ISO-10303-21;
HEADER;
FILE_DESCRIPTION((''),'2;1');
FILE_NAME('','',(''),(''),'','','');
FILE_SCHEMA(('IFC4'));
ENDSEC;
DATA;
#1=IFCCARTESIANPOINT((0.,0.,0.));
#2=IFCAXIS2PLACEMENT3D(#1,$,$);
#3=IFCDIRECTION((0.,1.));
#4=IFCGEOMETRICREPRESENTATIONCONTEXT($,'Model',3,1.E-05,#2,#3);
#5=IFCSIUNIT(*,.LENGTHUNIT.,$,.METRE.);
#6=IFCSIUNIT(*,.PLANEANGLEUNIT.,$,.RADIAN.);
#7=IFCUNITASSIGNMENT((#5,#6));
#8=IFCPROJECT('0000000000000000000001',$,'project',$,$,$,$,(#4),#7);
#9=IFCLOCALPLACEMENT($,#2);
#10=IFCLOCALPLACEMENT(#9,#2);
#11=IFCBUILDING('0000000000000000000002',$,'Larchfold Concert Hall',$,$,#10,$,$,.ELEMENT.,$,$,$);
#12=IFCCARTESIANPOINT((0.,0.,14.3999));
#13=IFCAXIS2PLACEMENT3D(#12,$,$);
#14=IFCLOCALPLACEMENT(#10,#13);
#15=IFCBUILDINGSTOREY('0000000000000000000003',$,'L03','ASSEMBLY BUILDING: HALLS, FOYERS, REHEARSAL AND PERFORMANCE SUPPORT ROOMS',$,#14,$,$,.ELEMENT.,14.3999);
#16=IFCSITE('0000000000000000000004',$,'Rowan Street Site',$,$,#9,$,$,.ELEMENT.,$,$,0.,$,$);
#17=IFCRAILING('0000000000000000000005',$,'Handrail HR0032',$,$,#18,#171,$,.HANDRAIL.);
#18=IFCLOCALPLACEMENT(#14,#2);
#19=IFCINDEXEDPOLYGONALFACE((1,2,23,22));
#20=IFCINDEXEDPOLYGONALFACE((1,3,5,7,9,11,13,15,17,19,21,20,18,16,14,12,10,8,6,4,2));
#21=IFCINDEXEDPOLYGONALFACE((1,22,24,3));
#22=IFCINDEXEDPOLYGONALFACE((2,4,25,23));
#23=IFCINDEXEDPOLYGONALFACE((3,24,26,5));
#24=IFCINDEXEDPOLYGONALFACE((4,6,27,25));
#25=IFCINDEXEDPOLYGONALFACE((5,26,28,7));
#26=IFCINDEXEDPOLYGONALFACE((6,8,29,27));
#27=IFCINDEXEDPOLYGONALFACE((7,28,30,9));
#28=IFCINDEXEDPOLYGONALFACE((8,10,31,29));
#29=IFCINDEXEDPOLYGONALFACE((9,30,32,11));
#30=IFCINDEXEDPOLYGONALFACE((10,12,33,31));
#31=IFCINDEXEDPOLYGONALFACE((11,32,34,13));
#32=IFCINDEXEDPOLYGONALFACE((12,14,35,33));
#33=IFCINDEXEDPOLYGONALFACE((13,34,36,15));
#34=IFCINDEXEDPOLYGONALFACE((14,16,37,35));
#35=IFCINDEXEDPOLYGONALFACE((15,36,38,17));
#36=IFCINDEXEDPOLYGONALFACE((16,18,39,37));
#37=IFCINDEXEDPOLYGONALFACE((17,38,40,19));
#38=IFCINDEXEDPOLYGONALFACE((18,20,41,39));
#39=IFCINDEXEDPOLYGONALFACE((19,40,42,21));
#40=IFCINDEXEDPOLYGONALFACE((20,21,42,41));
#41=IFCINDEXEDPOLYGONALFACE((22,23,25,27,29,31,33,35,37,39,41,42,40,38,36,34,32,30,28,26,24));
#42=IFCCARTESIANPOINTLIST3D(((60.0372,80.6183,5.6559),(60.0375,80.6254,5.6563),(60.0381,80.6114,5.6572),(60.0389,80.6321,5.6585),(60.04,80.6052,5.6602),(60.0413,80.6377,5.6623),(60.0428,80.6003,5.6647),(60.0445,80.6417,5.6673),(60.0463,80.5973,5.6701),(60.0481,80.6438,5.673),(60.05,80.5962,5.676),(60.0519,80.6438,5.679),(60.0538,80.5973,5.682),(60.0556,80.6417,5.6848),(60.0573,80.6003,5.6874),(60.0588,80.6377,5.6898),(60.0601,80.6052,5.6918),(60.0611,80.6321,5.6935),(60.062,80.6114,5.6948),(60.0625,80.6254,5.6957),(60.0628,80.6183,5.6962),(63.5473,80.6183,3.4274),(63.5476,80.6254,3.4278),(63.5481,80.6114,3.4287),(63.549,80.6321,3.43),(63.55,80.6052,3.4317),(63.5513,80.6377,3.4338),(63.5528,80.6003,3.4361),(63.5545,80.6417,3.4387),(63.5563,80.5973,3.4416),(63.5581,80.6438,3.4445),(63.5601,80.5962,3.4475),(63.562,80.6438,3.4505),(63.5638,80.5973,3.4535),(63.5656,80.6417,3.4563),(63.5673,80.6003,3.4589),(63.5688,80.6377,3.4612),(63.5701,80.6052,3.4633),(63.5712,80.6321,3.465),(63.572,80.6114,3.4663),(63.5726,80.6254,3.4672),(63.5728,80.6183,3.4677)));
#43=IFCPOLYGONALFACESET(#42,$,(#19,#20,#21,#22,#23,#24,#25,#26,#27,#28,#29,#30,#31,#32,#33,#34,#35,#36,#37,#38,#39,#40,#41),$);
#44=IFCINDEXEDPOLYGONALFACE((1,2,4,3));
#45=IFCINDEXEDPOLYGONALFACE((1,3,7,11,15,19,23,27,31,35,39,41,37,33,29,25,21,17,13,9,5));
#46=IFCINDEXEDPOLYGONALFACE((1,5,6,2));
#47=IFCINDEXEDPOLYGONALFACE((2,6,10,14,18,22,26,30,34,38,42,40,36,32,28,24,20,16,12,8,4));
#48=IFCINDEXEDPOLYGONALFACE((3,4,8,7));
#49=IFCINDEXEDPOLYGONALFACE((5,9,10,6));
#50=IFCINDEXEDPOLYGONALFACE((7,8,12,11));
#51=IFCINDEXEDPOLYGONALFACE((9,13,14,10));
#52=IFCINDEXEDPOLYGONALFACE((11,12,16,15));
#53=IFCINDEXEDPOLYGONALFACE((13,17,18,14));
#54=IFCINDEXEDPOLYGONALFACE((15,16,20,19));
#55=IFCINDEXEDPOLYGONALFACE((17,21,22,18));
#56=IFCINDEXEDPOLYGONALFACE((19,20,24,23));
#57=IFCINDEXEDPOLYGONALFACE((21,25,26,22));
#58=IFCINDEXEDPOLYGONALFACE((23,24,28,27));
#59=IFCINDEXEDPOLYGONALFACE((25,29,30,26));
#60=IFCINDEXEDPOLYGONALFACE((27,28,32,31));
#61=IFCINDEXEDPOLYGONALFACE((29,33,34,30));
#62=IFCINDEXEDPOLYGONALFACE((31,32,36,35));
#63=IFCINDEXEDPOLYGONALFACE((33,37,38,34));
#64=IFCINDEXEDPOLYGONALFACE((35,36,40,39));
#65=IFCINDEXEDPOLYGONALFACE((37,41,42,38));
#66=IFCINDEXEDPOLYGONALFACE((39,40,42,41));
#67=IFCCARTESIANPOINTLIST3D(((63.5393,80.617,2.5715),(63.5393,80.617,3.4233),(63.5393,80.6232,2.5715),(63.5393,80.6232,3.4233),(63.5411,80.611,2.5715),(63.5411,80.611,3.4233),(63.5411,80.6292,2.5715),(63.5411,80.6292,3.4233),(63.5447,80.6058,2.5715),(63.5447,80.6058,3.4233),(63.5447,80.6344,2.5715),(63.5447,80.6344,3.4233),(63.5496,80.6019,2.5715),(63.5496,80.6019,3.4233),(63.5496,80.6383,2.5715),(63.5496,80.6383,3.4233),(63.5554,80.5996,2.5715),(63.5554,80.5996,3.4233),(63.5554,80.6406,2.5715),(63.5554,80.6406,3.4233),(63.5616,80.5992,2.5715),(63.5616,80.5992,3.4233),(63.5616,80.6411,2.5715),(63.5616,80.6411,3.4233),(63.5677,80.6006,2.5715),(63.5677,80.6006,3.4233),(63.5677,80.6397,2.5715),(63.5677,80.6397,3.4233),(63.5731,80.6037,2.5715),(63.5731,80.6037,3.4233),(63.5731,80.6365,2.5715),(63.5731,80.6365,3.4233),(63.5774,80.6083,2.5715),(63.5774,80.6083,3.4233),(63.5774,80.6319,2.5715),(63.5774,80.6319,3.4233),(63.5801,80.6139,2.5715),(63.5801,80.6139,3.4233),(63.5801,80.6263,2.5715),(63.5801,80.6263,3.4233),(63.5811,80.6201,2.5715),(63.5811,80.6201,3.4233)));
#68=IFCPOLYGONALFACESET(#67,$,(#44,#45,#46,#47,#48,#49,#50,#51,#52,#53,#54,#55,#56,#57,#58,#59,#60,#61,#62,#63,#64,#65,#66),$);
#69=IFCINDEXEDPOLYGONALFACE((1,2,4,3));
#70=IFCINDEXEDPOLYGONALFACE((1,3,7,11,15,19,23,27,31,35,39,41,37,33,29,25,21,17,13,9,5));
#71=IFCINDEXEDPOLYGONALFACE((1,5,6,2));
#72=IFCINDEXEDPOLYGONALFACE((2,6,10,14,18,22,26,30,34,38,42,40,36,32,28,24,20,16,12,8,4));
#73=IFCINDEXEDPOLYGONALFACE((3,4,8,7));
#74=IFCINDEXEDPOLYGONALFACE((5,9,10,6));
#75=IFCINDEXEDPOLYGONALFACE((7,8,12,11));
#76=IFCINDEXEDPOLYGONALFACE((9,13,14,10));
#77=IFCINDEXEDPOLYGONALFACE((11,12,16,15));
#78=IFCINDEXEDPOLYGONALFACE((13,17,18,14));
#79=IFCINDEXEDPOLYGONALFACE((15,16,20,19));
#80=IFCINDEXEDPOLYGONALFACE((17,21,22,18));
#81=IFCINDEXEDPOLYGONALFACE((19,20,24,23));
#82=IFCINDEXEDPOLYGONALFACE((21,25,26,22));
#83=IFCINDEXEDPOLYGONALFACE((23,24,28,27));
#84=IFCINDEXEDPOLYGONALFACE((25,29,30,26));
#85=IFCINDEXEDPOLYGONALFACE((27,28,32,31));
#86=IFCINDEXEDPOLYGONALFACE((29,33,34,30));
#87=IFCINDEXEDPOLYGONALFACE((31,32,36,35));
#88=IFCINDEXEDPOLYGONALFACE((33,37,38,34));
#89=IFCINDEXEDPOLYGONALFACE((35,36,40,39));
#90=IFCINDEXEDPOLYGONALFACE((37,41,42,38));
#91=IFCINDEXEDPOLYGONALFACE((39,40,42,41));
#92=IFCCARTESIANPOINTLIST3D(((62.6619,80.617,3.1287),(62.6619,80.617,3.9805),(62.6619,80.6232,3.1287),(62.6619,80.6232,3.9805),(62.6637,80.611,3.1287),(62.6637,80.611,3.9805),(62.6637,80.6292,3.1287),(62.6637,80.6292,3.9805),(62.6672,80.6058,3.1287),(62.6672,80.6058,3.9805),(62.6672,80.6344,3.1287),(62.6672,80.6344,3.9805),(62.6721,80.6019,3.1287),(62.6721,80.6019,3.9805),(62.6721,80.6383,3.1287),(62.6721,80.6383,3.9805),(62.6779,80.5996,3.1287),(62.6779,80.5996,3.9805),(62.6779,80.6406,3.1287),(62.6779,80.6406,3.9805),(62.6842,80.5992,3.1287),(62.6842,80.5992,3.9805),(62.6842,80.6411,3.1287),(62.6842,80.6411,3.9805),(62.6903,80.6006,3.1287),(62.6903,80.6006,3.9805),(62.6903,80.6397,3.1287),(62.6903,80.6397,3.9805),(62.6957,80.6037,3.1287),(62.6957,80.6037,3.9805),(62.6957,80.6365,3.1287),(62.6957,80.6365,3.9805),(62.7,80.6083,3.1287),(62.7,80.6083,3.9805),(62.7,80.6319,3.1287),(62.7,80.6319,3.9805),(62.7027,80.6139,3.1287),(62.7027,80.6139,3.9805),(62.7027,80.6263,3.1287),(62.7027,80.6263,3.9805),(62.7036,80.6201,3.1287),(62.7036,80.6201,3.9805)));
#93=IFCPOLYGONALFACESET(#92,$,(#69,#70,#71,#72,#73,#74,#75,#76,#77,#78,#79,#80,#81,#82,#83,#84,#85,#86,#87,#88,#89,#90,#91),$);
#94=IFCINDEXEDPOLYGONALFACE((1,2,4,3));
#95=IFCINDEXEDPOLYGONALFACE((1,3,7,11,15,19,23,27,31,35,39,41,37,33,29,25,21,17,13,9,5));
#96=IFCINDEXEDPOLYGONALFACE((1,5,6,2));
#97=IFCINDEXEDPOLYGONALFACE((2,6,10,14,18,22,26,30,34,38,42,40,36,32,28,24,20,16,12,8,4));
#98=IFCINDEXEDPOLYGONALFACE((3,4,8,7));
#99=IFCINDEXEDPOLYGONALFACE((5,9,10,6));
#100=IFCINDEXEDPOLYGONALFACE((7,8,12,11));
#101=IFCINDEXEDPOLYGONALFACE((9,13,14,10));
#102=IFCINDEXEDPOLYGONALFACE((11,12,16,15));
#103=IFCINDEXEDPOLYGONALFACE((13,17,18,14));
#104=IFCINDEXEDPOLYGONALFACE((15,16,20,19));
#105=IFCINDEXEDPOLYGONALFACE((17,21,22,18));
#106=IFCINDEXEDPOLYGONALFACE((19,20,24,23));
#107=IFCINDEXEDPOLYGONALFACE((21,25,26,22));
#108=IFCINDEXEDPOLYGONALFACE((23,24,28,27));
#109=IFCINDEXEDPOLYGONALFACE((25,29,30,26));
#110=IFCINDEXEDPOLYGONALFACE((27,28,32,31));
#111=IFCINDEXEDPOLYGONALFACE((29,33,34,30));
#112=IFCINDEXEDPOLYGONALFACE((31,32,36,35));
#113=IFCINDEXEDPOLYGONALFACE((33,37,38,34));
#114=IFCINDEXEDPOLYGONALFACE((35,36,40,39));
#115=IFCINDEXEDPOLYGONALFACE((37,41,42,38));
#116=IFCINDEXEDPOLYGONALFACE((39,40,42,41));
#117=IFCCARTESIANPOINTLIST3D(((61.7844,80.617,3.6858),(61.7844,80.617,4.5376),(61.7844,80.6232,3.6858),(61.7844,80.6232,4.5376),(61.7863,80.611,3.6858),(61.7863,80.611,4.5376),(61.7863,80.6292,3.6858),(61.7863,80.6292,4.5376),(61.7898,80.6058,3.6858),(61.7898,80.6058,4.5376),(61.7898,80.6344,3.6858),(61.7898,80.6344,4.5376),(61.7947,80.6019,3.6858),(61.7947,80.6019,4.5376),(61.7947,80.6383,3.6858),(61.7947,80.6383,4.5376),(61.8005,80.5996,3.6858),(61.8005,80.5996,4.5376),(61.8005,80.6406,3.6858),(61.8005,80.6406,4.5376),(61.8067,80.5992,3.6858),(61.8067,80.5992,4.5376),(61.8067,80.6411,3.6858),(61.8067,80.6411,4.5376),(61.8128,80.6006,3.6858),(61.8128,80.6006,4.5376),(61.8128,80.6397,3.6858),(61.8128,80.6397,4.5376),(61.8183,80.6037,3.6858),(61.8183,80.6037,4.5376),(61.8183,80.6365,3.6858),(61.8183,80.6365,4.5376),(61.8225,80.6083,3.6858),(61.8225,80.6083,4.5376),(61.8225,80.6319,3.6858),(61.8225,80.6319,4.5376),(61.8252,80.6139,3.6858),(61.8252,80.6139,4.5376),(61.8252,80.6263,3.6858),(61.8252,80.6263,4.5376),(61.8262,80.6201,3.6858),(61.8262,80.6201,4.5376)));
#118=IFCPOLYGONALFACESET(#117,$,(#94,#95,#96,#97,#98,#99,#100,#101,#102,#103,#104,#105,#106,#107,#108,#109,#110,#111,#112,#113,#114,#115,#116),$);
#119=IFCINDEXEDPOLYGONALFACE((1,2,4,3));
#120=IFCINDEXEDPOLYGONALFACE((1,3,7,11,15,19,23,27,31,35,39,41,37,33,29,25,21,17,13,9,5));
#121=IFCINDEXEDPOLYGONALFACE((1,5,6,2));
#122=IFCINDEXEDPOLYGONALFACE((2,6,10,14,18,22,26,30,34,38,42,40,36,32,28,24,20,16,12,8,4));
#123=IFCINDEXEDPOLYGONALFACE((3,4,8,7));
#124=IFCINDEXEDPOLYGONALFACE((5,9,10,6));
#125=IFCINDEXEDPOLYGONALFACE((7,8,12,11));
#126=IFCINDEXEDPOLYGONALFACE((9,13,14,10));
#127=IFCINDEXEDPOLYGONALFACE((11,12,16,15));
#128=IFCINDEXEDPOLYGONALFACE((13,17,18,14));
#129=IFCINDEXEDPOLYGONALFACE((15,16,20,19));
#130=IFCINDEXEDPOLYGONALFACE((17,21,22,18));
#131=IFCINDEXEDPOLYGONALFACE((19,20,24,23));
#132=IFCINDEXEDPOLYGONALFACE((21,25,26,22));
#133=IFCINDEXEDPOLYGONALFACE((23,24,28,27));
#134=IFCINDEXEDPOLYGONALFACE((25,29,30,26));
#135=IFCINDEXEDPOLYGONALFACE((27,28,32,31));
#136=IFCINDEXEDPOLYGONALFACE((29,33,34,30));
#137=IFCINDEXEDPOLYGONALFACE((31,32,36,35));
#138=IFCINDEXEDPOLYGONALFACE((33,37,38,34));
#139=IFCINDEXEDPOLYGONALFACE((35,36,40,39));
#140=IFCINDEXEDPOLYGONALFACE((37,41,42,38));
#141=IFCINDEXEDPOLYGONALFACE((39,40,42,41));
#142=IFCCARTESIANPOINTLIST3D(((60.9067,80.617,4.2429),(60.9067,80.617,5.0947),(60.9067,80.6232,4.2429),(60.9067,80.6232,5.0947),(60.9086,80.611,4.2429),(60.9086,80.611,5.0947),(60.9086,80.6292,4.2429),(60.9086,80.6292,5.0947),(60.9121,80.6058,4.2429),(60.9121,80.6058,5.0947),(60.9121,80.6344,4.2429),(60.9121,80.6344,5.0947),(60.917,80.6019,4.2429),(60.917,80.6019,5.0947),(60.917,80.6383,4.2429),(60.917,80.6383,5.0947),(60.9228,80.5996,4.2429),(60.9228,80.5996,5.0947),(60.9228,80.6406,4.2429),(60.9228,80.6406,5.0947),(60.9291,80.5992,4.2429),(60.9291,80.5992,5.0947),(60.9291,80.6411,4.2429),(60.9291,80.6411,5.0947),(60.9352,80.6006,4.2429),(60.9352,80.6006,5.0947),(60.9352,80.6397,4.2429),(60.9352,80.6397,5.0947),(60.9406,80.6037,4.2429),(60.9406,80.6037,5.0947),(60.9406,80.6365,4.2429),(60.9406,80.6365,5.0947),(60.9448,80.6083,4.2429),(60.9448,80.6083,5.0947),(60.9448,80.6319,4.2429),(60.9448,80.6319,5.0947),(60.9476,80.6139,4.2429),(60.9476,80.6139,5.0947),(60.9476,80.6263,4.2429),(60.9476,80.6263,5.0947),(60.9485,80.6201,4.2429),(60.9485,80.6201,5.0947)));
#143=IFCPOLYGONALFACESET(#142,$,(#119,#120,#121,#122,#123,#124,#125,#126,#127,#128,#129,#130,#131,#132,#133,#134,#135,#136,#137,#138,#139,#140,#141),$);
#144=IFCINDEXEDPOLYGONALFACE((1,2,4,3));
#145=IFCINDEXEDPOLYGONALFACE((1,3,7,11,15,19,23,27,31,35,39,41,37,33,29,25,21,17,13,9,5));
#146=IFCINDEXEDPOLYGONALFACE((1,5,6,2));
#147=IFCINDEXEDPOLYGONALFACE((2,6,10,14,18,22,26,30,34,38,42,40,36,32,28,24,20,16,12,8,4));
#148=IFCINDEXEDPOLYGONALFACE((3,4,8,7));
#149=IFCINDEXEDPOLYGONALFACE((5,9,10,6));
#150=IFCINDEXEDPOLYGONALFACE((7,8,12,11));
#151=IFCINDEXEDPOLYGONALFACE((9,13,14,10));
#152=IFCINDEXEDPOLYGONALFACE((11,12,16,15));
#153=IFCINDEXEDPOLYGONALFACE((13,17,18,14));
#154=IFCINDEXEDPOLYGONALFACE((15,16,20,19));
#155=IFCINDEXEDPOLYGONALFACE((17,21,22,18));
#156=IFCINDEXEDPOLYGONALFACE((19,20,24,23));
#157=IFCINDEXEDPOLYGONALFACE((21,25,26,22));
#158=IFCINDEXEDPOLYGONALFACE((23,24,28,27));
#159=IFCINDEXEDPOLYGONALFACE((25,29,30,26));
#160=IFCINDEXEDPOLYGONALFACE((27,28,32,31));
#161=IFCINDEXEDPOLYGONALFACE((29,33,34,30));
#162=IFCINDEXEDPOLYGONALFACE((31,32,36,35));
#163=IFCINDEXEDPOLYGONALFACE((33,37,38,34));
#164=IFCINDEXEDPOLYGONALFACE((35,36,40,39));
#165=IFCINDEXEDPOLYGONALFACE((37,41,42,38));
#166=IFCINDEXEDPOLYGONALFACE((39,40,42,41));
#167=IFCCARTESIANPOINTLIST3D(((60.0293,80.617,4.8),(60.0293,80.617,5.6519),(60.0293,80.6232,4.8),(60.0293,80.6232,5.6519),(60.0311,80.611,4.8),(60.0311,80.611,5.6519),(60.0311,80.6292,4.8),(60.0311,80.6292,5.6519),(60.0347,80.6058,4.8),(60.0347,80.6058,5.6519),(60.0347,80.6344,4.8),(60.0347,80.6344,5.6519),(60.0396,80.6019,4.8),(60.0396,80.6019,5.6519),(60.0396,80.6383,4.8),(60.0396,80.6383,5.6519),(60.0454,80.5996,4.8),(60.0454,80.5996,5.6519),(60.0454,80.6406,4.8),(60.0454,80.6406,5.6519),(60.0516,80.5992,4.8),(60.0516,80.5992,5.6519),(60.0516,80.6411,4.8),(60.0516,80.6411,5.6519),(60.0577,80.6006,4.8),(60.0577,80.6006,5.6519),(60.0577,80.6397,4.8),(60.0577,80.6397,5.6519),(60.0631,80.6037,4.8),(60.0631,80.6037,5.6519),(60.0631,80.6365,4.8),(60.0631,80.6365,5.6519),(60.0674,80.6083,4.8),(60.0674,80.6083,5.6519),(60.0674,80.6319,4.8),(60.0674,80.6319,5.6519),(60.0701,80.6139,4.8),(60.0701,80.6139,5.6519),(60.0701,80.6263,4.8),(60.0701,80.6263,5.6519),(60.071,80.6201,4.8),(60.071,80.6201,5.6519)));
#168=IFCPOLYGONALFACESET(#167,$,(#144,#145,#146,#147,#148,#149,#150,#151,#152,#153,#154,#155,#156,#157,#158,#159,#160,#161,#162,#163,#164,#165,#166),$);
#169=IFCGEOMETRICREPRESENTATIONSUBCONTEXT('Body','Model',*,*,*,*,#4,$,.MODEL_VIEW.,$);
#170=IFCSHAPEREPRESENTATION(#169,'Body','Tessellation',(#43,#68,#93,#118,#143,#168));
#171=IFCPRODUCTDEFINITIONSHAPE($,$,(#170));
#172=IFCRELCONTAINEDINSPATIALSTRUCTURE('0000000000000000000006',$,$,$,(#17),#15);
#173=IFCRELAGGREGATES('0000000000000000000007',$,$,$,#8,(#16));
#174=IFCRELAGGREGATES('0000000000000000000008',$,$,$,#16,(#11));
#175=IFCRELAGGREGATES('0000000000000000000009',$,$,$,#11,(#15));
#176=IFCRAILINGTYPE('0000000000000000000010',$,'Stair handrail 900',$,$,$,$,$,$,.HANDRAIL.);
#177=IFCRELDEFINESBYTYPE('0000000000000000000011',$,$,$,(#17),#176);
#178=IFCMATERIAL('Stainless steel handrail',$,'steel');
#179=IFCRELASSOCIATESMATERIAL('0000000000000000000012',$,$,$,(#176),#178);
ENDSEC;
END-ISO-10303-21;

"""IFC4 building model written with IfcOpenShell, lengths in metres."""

from ifc_helpers import new_model, si_unit, direction, frame, origin, origin_2d, place, context, subcontext, project, spatial, circle, extrude, material, type_object, element, save


model = new_model("IFC4")

# Units and contexts
model_context = context("Model", 3, precision=1e-05, world=origin(), true_north=direction((0.0, 1.0)))
body_context = subcontext(model_context, "Body", "Model", "MODEL_VIEW")
ifc_project = project(units=[si_unit("LENGTHUNIT", "METRE"), si_unit("PLANEANGLEUNIT", "RADIAN")], contexts=[model_context])

# Site, building, storey
site_placement = place(None, origin())
site = spatial("IfcSite", under=ifc_project, at=site_placement, Name="Rowan Street Site", CompositionType="ELEMENT", RefElevation=0.0)
building_placement = place(site_placement, origin())
building = spatial("IfcBuilding", under=site, at=building_placement, Name="Larchfold Concert Hall", CompositionType="ELEMENT")
storey_placement = place(building_placement, frame((0.0, 0.0, 14.3999)))
storey = spatial("IfcBuildingStorey", under=building, at=storey_placement, Name="L03", Description="ASSEMBLY BUILDING: HALLS, FOYERS, REHEARSAL AND PERFORMANCE SUPPORT ROOMS", CompositionType="ELEMENT", Elevation=14.3999)

# Railing
ifc_material_1 = material(Name="Stainless steel handrail", Category="steel")
railing_type_1 = type_object("IfcRailingType", Name="Stair handrail 900", PredefinedType="HANDRAIL", material=ifc_material_1)
railing_1_placement = place(storey_placement, frame((63.5601, 80.6201, 2.5715)))
element("IfcRailing", 1, at=railing_1_placement, inside=storey, type_object=railing_type_1, Name="Handrail HR0032", PredefinedType="HANDRAIL", context=body_context, shape_type="SweptSolid", body=[
    extrude(circle(Radius=0.0239, at=origin_2d()), frame((0.0, 0.0, 0.876), z_axis=(-0.84422, 0.0, 0.535998), x_axis=(0.0, -1.0, 0.0)), (0.0, 0.0, 1.0), 4.1577),
    extrude(circle(Radius=0.021, at=origin_2d()), origin(), (0.0, 0.0, 1.0), 0.8518),
    extrude(circle(Radius=0.021, at=origin_2d()), frame((-0.8774, 0.0, 0.5571)), (0.0, 0.0, 1.0), 0.8518),
    extrude(circle(Radius=0.021, at=origin_2d()), frame((-1.7549, 0.0, 1.1143)), (0.0, 0.0, 1.0), 0.8518),
    extrude(circle(Radius=0.021, at=origin_2d()), frame((-2.6326, 0.0, 1.6714)), (0.0, 0.0, 1.0), 0.8518),
    extrude(circle(Radius=0.021, at=origin_2d()), frame((-3.51, 0.0, 2.2285)), (0.0, 0.0, 1.0), 0.8518),
])

save(model, "model.ifc")
